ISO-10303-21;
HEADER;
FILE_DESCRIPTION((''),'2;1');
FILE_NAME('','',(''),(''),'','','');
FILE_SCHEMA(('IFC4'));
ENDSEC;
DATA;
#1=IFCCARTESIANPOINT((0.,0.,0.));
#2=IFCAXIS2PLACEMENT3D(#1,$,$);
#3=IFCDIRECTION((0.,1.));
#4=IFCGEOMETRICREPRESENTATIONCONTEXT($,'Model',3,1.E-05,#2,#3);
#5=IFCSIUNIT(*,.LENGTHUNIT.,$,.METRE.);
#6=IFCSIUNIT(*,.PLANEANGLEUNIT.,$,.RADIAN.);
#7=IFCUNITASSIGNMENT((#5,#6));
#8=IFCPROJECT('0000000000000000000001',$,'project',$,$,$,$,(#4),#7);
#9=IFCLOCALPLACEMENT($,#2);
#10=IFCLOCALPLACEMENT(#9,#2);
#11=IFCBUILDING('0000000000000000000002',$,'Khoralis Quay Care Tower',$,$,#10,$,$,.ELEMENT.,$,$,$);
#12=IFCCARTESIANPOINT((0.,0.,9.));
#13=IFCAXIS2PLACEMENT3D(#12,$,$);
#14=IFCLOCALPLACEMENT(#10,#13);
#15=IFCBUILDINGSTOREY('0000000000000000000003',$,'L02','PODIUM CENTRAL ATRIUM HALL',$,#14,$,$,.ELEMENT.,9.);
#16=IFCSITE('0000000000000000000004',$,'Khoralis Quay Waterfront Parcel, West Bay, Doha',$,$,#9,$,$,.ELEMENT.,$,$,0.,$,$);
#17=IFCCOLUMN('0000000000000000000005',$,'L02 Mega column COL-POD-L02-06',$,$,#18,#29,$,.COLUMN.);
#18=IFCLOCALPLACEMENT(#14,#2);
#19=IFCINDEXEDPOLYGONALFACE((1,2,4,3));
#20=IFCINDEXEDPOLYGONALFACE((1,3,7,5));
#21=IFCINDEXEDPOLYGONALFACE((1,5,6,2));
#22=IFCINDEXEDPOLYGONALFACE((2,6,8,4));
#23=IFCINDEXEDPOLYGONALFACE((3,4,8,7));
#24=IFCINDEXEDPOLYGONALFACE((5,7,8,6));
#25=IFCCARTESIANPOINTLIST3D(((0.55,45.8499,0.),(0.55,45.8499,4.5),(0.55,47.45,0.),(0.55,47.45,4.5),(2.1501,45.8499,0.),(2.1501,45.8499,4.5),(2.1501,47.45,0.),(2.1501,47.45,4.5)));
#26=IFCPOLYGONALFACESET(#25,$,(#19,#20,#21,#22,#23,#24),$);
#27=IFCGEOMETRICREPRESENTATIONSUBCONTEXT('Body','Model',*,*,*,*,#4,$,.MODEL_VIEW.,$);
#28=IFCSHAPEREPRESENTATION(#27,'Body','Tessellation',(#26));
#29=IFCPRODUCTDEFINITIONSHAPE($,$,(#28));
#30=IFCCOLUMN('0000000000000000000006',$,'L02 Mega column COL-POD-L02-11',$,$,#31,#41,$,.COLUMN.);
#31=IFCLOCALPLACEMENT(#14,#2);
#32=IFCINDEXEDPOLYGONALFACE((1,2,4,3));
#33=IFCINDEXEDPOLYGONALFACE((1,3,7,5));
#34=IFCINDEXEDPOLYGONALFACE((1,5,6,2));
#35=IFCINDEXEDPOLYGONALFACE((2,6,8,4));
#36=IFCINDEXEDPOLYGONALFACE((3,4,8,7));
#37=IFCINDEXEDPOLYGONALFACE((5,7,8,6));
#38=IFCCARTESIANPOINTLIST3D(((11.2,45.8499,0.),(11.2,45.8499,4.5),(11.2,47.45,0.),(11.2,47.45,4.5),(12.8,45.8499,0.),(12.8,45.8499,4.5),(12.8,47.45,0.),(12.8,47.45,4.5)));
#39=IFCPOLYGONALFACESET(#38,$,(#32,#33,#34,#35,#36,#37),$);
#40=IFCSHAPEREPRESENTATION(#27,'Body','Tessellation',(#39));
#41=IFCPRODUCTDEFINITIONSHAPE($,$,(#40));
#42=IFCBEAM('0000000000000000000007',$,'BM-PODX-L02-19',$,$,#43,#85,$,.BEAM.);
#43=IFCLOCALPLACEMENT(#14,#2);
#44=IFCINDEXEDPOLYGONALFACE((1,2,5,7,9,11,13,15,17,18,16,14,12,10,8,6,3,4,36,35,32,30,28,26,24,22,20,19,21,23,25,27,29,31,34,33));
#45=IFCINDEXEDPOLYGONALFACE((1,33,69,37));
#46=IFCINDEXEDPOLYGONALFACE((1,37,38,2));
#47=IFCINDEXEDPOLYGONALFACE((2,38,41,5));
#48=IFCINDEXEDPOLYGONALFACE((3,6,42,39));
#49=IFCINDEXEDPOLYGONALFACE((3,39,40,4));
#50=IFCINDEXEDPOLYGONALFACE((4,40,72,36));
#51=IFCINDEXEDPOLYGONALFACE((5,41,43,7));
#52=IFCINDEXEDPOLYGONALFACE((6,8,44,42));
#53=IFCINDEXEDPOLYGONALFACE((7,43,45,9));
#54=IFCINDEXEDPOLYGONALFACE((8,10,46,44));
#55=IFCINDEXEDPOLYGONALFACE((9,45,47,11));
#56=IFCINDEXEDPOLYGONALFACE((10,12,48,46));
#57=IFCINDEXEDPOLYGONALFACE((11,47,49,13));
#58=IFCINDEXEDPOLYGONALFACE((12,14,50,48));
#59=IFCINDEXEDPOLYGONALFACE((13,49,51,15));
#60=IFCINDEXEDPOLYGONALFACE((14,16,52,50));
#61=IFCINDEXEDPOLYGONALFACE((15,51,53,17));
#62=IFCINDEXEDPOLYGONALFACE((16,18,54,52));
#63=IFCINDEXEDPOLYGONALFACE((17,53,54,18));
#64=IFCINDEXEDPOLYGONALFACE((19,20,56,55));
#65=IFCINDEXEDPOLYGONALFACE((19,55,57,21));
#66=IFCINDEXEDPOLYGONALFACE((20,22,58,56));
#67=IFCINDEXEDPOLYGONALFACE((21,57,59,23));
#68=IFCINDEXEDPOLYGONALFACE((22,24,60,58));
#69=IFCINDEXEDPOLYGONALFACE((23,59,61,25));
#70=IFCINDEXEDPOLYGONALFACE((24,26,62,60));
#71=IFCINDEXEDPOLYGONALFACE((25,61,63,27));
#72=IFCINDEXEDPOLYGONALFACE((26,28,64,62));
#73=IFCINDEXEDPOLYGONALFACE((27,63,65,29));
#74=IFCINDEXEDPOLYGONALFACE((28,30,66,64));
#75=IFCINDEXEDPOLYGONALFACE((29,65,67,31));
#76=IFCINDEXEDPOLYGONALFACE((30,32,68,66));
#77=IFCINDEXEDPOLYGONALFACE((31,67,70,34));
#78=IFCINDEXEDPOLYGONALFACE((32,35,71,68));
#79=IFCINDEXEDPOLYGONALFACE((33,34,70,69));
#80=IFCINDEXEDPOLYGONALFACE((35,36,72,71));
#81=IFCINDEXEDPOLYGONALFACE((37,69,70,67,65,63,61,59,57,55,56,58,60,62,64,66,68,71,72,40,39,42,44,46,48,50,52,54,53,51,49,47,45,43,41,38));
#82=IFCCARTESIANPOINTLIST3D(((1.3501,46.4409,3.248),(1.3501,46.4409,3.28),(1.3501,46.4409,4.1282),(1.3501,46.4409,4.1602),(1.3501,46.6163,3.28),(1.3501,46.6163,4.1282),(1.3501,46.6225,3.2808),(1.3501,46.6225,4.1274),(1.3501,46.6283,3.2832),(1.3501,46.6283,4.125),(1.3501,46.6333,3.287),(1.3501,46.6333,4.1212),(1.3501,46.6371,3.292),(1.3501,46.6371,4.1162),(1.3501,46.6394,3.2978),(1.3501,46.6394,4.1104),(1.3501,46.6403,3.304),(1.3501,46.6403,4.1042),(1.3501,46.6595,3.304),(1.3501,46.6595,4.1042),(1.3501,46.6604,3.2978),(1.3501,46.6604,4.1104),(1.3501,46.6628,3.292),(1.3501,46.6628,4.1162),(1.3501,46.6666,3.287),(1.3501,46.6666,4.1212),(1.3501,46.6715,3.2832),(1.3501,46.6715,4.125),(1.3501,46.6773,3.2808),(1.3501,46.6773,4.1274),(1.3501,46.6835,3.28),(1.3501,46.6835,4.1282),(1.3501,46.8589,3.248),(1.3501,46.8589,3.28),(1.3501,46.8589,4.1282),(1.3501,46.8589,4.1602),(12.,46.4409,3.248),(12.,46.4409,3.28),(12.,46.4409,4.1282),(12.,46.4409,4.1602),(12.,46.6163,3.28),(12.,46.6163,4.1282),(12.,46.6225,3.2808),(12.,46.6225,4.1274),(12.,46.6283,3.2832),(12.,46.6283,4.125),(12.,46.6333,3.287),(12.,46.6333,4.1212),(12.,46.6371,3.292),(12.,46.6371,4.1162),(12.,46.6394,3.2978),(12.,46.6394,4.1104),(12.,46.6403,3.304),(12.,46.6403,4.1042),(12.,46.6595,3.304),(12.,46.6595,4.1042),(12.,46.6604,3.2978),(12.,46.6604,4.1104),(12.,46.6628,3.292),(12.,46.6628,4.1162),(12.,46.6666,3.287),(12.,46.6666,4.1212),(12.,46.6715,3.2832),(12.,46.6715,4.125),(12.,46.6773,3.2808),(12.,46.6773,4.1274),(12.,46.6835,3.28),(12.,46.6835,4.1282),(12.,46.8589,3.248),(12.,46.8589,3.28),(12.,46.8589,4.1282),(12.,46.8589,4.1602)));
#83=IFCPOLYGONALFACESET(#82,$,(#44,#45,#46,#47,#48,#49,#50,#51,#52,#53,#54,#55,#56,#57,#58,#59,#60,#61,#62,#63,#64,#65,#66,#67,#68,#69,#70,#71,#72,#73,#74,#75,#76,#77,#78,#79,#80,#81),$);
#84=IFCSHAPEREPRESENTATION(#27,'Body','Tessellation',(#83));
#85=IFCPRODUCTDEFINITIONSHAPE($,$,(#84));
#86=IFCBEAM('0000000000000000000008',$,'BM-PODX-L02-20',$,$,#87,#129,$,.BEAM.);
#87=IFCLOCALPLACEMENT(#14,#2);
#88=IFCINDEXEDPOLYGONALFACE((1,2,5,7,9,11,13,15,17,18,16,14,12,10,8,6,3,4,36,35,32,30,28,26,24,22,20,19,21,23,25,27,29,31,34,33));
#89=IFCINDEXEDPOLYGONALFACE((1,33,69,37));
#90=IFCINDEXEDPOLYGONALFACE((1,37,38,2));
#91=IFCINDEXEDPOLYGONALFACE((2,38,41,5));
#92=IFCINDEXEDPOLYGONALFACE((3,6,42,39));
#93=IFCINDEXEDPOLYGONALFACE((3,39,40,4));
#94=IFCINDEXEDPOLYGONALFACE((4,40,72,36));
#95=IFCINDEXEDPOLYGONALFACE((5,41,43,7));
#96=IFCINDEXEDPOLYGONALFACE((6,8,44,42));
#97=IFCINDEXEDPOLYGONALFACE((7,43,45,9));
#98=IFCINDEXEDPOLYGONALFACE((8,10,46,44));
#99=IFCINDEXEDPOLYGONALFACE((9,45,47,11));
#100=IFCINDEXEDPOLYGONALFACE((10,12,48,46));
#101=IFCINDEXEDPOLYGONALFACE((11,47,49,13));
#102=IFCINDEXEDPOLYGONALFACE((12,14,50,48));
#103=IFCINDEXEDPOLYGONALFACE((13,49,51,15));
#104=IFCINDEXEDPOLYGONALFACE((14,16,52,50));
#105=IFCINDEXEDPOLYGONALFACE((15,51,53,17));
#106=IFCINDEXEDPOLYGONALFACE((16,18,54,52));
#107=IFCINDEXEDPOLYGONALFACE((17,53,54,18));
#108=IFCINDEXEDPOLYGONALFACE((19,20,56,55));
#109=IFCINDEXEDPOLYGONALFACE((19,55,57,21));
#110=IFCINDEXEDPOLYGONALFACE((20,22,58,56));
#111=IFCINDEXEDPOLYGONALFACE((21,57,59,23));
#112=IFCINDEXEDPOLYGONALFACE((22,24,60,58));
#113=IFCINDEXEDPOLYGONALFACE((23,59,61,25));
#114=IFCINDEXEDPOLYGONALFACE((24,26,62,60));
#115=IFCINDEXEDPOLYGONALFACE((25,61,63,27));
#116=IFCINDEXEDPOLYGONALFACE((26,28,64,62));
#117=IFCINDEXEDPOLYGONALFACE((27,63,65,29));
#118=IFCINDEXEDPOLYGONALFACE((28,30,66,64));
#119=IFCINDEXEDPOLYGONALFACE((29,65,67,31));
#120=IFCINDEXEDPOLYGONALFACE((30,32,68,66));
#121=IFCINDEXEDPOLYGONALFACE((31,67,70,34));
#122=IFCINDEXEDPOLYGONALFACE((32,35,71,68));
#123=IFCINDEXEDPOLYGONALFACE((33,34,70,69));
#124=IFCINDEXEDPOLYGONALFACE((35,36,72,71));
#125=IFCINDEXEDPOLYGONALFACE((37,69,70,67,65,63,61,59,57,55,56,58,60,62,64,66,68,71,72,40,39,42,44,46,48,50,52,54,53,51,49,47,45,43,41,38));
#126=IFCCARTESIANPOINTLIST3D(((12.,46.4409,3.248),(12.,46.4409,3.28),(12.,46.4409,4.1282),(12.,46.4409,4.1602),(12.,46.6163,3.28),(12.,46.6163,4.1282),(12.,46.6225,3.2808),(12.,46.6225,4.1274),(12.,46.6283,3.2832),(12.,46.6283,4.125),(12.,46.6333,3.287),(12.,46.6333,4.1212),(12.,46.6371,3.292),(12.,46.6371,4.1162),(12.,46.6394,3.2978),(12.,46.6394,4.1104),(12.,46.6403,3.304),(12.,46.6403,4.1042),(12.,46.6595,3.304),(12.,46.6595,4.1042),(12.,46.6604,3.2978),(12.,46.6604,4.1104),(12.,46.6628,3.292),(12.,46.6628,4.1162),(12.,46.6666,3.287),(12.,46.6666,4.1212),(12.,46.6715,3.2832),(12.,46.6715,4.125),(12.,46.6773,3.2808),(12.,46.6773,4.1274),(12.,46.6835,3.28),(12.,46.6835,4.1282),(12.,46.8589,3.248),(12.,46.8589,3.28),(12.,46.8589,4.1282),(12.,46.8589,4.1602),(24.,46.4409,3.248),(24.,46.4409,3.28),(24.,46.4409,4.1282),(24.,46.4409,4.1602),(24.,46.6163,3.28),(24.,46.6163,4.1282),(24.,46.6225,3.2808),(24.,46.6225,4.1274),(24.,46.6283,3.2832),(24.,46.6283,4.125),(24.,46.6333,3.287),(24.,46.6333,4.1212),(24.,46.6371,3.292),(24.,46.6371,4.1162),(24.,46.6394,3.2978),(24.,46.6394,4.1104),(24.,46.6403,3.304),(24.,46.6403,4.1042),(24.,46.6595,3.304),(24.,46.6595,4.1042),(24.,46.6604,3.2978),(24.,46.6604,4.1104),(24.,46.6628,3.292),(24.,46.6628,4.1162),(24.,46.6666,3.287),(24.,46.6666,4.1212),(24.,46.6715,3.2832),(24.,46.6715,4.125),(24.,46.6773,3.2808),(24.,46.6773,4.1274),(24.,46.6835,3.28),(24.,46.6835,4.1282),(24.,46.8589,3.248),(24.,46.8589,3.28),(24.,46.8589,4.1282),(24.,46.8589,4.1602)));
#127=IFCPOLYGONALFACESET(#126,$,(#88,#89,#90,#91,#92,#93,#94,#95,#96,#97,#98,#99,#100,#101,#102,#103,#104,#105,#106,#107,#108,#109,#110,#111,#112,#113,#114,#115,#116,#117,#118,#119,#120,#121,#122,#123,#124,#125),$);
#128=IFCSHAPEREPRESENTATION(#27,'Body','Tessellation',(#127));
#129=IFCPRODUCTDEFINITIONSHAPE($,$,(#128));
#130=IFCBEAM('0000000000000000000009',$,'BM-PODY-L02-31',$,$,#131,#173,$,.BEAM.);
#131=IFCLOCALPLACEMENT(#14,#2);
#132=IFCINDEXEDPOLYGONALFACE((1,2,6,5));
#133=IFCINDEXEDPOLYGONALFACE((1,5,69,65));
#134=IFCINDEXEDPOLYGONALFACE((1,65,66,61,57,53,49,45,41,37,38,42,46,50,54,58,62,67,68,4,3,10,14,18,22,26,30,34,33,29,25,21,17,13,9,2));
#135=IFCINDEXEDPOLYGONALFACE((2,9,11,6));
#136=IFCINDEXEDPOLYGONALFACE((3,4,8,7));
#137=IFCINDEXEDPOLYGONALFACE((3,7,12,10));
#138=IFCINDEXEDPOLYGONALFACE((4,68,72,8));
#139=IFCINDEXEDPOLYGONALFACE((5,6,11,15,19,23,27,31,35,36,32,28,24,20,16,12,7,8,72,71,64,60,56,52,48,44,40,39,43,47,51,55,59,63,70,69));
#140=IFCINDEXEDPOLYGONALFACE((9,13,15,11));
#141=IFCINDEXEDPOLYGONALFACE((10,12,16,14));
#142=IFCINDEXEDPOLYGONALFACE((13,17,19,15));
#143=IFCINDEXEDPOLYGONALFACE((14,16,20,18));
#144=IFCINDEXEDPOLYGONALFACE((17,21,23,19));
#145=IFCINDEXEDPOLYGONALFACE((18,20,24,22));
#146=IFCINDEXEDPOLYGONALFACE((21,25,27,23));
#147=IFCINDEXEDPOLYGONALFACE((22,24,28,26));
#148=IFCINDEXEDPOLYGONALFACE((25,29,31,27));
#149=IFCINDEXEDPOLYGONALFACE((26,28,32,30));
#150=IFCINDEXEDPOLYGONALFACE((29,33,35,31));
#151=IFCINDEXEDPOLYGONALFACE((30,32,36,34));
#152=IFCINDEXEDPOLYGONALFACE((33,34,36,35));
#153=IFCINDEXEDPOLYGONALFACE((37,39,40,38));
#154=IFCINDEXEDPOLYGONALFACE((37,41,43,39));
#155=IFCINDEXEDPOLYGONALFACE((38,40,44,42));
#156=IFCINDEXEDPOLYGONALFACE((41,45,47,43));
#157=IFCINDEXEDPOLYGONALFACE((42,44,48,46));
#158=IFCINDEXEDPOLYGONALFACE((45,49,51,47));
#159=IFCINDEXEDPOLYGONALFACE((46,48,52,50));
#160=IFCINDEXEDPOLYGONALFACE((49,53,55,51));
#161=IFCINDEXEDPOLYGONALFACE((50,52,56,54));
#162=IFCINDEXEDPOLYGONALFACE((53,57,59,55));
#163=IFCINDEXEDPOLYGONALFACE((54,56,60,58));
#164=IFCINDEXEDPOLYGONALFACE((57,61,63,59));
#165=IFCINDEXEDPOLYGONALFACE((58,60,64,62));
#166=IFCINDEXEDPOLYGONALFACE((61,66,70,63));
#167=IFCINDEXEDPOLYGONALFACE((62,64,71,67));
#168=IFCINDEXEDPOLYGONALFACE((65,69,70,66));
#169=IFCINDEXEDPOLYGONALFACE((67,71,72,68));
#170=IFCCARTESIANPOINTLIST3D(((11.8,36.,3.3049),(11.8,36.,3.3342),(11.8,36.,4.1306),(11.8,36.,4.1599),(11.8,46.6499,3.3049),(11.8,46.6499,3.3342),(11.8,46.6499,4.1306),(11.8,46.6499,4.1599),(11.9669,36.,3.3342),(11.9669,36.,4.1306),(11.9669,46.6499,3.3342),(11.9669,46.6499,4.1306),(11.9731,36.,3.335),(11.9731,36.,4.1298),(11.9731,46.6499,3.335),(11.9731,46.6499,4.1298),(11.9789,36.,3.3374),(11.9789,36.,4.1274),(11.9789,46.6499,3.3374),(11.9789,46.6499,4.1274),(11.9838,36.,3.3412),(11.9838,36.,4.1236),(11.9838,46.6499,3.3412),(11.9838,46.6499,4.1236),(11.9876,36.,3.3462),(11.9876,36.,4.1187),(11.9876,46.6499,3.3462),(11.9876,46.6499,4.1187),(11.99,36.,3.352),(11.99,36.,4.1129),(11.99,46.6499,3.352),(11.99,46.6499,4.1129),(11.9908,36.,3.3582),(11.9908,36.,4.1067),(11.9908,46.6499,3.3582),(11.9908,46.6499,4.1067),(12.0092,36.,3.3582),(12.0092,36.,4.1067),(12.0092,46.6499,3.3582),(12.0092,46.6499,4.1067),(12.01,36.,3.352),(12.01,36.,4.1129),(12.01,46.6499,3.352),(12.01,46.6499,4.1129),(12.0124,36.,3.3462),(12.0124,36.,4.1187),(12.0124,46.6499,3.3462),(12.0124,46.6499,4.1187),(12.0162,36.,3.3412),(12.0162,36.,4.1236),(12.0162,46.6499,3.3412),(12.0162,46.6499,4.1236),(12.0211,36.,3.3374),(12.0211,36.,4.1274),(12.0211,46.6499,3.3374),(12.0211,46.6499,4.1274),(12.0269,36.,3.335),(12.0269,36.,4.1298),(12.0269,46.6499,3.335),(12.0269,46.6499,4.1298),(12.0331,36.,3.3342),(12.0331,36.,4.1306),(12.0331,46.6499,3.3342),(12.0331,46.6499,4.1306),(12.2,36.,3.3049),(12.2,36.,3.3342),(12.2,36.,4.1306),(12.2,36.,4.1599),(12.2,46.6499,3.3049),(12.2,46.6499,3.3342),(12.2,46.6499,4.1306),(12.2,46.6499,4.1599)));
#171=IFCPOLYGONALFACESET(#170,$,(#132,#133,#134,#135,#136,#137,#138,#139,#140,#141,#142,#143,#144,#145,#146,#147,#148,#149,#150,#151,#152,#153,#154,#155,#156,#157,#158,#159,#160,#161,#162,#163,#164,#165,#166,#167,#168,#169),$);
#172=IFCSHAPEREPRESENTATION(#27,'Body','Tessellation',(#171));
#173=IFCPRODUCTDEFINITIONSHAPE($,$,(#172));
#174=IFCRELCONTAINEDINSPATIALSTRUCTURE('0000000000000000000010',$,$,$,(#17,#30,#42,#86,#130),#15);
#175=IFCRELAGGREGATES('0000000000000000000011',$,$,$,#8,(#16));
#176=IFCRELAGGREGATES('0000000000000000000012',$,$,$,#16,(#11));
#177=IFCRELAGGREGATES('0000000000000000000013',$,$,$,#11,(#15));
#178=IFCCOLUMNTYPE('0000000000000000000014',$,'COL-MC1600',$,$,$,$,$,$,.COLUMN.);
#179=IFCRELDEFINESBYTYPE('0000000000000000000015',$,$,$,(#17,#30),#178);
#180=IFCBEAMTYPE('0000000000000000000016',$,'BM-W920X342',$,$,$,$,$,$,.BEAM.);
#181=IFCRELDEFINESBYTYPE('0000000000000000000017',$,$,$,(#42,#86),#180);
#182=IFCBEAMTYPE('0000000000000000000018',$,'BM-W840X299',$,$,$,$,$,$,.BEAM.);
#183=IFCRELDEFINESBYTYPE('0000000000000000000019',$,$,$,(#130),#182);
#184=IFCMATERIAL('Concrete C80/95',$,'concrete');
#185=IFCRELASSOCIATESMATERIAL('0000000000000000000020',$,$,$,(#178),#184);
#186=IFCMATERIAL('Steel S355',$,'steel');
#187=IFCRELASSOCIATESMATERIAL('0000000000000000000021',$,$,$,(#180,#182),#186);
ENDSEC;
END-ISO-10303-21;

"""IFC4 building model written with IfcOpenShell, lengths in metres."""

from ifc_helpers import new_model, si_unit, direction, frame, origin, origin_2d, place, context, subcontext, project, spatial, rectangle, i_section, extrude, source, transform, mapped, material, material_profile, profile_set, type_object, element, save


model = new_model("IFC4")

# Units and contexts
model_context = context("Model", 3, precision=1e-05, world=origin(), true_north=direction((0.0, 1.0)))
body_context = subcontext(model_context, "Body", "Model", "MODEL_VIEW")
ifc_project = project(units=[si_unit("LENGTHUNIT", "METRE"), si_unit("PLANEANGLEUNIT", "RADIAN")], contexts=[model_context])

# Site, building, storey
site_placement = place(None, origin())
site = spatial("IfcSite", under=ifc_project, at=site_placement, Name="Khoralis Quay Waterfront Parcel, West Bay, Doha", CompositionType="ELEMENT", RefElevation=0.0)
building_placement = place(site_placement, origin())
building = spatial("IfcBuilding", under=site, at=building_placement, Name="Khoralis Quay Care Tower", CompositionType="ELEMENT")
storey_placement = place(building_placement, frame((0.0, 0.0, 9.0)))
storey = spatial("IfcBuildingStorey", under=building, at=storey_placement, Name="L02", Description="PODIUM CENTRAL ATRIUM HALL", CompositionType="ELEMENT", Elevation=9.0)

# Columns
ifc_material_1 = material(Name="Concrete C80/95", Category="concrete")
ifc_material_profile_1 = material_profile(ifc_material_1, rectangle(XDim=1.6001, YDim=1.6001, at=origin_2d()), Name="Concrete C80/95")
ifc_profile_set_1 = profile_set([ifc_material_profile_1], Name="Concrete C80/95")
column_type = type_object("IfcColumnType", Name="COL-MC1600", PredefinedType="COLUMN", material=ifc_profile_set_1)
shared_shape_1 = source(origin(), body_context, "Body", "SweptSolid", [
    extrude(rectangle(XDim=1.6001, YDim=1.6001, at=origin_2d()), origin(), (0.0, 0.0, 1.0), 4.5),
])
for number, where, z_axis, x_axis, name in (
    (1, (1.3501, 46.6499, 0.0), (0.0, 0.0, 1.0), (1.0, 0.0, 0.0), "L02 Mega column COL-POD-L02-06"),
    (2, (12.0, 46.6499, 0.0), (0.0, 0.0, 1.0), (1.0, 0.0, 0.0), "L02 Mega column COL-POD-L02-11"),
):
    element("IfcColumn", number, at=place(storey_placement, frame(where, z_axis=z_axis, x_axis=x_axis)), inside=storey, type_object=column_type, Name=name, PredefinedType="COLUMN", context=body_context, shape_type="MappedRepresentation", body=[
        mapped(shared_shape_1, transform((0.0, 0.0, 0.0), scale=1.0)),
    ])

# Beams
ifc_material_2 = material(Name="Steel S355", Category="steel")
ifc_material_profile_2 = material_profile(ifc_material_2, i_section(OverallWidth=0.418, OverallDepth=0.9121, WebThickness=0.0193, FlangeThickness=0.032, FilletRadius=0.0239, at=origin_2d()), Name="Steel S355")
ifc_profile_set_2 = profile_set([ifc_material_profile_2], Name="Steel S355")
beam_type_1 = type_object("IfcBeamType", Name="BM-W920X342", PredefinedType="BEAM", material=ifc_profile_set_2)
shared_shape_2 = source(origin(), body_context, "Body", "SweptSolid", [
    extrude(i_section(OverallWidth=0.418, OverallDepth=0.9121, WebThickness=0.0193, FlangeThickness=0.032, FilletRadius=0.0239, at=origin_2d()), origin(), (0.0, 0.0, 1.0), 10.6499),
])
beam_1_placement = place(storey_placement, frame((1.3501, 46.6499, 3.7041), z_axis=(1.0, 0.0, 0.0), x_axis=(0.0, 1.0, 0.0)))
element("IfcBeam", 3, at=beam_1_placement, inside=storey, type_object=beam_type_1, Name="BM-PODX-L02-19", PredefinedType="BEAM", context=body_context, shape_type="MappedRepresentation", body=[
    mapped(shared_shape_2, transform((0.0, 0.0, 0.0), scale=1.0)),
])
shared_shape_3 = source(origin(), body_context, "Body", "SweptSolid", [
    extrude(i_section(OverallWidth=0.418, OverallDepth=0.9121, WebThickness=0.0193, FlangeThickness=0.032, FilletRadius=0.0239, at=origin_2d()), origin(), (0.0, 0.0, 1.0), 12.0),
])
beam_2_placement = place(storey_placement, frame((12.0, 46.6499, 3.7041), z_axis=(1.0, 0.0, 0.0), x_axis=(0.0, 1.0, 0.0)))
element("IfcBeam", 4, at=beam_2_placement, inside=storey, type_object=beam_type_1, Name="BM-PODX-L02-20", PredefinedType="BEAM", context=body_context, shape_type="MappedRepresentation", body=[
    mapped(shared_shape_3, transform((0.0, 0.0, 0.0), scale=1.0)),
])
ifc_material_profile_3 = material_profile(ifc_material_2, i_section(OverallWidth=0.3999, OverallDepth=0.855, WebThickness=0.0183, FlangeThickness=0.0293, FilletRadius=0.0239, at=origin_2d()), Name="Steel S355")
ifc_profile_set_3 = profile_set([ifc_material_profile_3], Name="Steel S355")
beam_type_2 = type_object("IfcBeamType", Name="BM-W840X299", PredefinedType="BEAM", material=ifc_profile_set_3)
shared_shape_4 = source(origin(), body_context, "Body", "SweptSolid", [
    extrude(i_section(OverallWidth=0.3999, OverallDepth=0.855, WebThickness=0.0183, FlangeThickness=0.0293, FilletRadius=0.0239, at=origin_2d()), origin(), (0.0, 0.0, 1.0), 10.6499),
])
beam_3_placement = place(storey_placement, frame((12.0, 36.0, 3.7324), z_axis=(0.0, 1.0, 0.0), x_axis=(-1.0, 0.0, 0.0)))
element("IfcBeam", 5, at=beam_3_placement, inside=storey, type_object=beam_type_2, Name="BM-PODY-L02-31", PredefinedType="BEAM", context=body_context, shape_type="MappedRepresentation", body=[
    mapped(shared_shape_4, transform((0.0, 0.0, 0.0), scale=1.0)),
])

save(model, "model.ifc")
